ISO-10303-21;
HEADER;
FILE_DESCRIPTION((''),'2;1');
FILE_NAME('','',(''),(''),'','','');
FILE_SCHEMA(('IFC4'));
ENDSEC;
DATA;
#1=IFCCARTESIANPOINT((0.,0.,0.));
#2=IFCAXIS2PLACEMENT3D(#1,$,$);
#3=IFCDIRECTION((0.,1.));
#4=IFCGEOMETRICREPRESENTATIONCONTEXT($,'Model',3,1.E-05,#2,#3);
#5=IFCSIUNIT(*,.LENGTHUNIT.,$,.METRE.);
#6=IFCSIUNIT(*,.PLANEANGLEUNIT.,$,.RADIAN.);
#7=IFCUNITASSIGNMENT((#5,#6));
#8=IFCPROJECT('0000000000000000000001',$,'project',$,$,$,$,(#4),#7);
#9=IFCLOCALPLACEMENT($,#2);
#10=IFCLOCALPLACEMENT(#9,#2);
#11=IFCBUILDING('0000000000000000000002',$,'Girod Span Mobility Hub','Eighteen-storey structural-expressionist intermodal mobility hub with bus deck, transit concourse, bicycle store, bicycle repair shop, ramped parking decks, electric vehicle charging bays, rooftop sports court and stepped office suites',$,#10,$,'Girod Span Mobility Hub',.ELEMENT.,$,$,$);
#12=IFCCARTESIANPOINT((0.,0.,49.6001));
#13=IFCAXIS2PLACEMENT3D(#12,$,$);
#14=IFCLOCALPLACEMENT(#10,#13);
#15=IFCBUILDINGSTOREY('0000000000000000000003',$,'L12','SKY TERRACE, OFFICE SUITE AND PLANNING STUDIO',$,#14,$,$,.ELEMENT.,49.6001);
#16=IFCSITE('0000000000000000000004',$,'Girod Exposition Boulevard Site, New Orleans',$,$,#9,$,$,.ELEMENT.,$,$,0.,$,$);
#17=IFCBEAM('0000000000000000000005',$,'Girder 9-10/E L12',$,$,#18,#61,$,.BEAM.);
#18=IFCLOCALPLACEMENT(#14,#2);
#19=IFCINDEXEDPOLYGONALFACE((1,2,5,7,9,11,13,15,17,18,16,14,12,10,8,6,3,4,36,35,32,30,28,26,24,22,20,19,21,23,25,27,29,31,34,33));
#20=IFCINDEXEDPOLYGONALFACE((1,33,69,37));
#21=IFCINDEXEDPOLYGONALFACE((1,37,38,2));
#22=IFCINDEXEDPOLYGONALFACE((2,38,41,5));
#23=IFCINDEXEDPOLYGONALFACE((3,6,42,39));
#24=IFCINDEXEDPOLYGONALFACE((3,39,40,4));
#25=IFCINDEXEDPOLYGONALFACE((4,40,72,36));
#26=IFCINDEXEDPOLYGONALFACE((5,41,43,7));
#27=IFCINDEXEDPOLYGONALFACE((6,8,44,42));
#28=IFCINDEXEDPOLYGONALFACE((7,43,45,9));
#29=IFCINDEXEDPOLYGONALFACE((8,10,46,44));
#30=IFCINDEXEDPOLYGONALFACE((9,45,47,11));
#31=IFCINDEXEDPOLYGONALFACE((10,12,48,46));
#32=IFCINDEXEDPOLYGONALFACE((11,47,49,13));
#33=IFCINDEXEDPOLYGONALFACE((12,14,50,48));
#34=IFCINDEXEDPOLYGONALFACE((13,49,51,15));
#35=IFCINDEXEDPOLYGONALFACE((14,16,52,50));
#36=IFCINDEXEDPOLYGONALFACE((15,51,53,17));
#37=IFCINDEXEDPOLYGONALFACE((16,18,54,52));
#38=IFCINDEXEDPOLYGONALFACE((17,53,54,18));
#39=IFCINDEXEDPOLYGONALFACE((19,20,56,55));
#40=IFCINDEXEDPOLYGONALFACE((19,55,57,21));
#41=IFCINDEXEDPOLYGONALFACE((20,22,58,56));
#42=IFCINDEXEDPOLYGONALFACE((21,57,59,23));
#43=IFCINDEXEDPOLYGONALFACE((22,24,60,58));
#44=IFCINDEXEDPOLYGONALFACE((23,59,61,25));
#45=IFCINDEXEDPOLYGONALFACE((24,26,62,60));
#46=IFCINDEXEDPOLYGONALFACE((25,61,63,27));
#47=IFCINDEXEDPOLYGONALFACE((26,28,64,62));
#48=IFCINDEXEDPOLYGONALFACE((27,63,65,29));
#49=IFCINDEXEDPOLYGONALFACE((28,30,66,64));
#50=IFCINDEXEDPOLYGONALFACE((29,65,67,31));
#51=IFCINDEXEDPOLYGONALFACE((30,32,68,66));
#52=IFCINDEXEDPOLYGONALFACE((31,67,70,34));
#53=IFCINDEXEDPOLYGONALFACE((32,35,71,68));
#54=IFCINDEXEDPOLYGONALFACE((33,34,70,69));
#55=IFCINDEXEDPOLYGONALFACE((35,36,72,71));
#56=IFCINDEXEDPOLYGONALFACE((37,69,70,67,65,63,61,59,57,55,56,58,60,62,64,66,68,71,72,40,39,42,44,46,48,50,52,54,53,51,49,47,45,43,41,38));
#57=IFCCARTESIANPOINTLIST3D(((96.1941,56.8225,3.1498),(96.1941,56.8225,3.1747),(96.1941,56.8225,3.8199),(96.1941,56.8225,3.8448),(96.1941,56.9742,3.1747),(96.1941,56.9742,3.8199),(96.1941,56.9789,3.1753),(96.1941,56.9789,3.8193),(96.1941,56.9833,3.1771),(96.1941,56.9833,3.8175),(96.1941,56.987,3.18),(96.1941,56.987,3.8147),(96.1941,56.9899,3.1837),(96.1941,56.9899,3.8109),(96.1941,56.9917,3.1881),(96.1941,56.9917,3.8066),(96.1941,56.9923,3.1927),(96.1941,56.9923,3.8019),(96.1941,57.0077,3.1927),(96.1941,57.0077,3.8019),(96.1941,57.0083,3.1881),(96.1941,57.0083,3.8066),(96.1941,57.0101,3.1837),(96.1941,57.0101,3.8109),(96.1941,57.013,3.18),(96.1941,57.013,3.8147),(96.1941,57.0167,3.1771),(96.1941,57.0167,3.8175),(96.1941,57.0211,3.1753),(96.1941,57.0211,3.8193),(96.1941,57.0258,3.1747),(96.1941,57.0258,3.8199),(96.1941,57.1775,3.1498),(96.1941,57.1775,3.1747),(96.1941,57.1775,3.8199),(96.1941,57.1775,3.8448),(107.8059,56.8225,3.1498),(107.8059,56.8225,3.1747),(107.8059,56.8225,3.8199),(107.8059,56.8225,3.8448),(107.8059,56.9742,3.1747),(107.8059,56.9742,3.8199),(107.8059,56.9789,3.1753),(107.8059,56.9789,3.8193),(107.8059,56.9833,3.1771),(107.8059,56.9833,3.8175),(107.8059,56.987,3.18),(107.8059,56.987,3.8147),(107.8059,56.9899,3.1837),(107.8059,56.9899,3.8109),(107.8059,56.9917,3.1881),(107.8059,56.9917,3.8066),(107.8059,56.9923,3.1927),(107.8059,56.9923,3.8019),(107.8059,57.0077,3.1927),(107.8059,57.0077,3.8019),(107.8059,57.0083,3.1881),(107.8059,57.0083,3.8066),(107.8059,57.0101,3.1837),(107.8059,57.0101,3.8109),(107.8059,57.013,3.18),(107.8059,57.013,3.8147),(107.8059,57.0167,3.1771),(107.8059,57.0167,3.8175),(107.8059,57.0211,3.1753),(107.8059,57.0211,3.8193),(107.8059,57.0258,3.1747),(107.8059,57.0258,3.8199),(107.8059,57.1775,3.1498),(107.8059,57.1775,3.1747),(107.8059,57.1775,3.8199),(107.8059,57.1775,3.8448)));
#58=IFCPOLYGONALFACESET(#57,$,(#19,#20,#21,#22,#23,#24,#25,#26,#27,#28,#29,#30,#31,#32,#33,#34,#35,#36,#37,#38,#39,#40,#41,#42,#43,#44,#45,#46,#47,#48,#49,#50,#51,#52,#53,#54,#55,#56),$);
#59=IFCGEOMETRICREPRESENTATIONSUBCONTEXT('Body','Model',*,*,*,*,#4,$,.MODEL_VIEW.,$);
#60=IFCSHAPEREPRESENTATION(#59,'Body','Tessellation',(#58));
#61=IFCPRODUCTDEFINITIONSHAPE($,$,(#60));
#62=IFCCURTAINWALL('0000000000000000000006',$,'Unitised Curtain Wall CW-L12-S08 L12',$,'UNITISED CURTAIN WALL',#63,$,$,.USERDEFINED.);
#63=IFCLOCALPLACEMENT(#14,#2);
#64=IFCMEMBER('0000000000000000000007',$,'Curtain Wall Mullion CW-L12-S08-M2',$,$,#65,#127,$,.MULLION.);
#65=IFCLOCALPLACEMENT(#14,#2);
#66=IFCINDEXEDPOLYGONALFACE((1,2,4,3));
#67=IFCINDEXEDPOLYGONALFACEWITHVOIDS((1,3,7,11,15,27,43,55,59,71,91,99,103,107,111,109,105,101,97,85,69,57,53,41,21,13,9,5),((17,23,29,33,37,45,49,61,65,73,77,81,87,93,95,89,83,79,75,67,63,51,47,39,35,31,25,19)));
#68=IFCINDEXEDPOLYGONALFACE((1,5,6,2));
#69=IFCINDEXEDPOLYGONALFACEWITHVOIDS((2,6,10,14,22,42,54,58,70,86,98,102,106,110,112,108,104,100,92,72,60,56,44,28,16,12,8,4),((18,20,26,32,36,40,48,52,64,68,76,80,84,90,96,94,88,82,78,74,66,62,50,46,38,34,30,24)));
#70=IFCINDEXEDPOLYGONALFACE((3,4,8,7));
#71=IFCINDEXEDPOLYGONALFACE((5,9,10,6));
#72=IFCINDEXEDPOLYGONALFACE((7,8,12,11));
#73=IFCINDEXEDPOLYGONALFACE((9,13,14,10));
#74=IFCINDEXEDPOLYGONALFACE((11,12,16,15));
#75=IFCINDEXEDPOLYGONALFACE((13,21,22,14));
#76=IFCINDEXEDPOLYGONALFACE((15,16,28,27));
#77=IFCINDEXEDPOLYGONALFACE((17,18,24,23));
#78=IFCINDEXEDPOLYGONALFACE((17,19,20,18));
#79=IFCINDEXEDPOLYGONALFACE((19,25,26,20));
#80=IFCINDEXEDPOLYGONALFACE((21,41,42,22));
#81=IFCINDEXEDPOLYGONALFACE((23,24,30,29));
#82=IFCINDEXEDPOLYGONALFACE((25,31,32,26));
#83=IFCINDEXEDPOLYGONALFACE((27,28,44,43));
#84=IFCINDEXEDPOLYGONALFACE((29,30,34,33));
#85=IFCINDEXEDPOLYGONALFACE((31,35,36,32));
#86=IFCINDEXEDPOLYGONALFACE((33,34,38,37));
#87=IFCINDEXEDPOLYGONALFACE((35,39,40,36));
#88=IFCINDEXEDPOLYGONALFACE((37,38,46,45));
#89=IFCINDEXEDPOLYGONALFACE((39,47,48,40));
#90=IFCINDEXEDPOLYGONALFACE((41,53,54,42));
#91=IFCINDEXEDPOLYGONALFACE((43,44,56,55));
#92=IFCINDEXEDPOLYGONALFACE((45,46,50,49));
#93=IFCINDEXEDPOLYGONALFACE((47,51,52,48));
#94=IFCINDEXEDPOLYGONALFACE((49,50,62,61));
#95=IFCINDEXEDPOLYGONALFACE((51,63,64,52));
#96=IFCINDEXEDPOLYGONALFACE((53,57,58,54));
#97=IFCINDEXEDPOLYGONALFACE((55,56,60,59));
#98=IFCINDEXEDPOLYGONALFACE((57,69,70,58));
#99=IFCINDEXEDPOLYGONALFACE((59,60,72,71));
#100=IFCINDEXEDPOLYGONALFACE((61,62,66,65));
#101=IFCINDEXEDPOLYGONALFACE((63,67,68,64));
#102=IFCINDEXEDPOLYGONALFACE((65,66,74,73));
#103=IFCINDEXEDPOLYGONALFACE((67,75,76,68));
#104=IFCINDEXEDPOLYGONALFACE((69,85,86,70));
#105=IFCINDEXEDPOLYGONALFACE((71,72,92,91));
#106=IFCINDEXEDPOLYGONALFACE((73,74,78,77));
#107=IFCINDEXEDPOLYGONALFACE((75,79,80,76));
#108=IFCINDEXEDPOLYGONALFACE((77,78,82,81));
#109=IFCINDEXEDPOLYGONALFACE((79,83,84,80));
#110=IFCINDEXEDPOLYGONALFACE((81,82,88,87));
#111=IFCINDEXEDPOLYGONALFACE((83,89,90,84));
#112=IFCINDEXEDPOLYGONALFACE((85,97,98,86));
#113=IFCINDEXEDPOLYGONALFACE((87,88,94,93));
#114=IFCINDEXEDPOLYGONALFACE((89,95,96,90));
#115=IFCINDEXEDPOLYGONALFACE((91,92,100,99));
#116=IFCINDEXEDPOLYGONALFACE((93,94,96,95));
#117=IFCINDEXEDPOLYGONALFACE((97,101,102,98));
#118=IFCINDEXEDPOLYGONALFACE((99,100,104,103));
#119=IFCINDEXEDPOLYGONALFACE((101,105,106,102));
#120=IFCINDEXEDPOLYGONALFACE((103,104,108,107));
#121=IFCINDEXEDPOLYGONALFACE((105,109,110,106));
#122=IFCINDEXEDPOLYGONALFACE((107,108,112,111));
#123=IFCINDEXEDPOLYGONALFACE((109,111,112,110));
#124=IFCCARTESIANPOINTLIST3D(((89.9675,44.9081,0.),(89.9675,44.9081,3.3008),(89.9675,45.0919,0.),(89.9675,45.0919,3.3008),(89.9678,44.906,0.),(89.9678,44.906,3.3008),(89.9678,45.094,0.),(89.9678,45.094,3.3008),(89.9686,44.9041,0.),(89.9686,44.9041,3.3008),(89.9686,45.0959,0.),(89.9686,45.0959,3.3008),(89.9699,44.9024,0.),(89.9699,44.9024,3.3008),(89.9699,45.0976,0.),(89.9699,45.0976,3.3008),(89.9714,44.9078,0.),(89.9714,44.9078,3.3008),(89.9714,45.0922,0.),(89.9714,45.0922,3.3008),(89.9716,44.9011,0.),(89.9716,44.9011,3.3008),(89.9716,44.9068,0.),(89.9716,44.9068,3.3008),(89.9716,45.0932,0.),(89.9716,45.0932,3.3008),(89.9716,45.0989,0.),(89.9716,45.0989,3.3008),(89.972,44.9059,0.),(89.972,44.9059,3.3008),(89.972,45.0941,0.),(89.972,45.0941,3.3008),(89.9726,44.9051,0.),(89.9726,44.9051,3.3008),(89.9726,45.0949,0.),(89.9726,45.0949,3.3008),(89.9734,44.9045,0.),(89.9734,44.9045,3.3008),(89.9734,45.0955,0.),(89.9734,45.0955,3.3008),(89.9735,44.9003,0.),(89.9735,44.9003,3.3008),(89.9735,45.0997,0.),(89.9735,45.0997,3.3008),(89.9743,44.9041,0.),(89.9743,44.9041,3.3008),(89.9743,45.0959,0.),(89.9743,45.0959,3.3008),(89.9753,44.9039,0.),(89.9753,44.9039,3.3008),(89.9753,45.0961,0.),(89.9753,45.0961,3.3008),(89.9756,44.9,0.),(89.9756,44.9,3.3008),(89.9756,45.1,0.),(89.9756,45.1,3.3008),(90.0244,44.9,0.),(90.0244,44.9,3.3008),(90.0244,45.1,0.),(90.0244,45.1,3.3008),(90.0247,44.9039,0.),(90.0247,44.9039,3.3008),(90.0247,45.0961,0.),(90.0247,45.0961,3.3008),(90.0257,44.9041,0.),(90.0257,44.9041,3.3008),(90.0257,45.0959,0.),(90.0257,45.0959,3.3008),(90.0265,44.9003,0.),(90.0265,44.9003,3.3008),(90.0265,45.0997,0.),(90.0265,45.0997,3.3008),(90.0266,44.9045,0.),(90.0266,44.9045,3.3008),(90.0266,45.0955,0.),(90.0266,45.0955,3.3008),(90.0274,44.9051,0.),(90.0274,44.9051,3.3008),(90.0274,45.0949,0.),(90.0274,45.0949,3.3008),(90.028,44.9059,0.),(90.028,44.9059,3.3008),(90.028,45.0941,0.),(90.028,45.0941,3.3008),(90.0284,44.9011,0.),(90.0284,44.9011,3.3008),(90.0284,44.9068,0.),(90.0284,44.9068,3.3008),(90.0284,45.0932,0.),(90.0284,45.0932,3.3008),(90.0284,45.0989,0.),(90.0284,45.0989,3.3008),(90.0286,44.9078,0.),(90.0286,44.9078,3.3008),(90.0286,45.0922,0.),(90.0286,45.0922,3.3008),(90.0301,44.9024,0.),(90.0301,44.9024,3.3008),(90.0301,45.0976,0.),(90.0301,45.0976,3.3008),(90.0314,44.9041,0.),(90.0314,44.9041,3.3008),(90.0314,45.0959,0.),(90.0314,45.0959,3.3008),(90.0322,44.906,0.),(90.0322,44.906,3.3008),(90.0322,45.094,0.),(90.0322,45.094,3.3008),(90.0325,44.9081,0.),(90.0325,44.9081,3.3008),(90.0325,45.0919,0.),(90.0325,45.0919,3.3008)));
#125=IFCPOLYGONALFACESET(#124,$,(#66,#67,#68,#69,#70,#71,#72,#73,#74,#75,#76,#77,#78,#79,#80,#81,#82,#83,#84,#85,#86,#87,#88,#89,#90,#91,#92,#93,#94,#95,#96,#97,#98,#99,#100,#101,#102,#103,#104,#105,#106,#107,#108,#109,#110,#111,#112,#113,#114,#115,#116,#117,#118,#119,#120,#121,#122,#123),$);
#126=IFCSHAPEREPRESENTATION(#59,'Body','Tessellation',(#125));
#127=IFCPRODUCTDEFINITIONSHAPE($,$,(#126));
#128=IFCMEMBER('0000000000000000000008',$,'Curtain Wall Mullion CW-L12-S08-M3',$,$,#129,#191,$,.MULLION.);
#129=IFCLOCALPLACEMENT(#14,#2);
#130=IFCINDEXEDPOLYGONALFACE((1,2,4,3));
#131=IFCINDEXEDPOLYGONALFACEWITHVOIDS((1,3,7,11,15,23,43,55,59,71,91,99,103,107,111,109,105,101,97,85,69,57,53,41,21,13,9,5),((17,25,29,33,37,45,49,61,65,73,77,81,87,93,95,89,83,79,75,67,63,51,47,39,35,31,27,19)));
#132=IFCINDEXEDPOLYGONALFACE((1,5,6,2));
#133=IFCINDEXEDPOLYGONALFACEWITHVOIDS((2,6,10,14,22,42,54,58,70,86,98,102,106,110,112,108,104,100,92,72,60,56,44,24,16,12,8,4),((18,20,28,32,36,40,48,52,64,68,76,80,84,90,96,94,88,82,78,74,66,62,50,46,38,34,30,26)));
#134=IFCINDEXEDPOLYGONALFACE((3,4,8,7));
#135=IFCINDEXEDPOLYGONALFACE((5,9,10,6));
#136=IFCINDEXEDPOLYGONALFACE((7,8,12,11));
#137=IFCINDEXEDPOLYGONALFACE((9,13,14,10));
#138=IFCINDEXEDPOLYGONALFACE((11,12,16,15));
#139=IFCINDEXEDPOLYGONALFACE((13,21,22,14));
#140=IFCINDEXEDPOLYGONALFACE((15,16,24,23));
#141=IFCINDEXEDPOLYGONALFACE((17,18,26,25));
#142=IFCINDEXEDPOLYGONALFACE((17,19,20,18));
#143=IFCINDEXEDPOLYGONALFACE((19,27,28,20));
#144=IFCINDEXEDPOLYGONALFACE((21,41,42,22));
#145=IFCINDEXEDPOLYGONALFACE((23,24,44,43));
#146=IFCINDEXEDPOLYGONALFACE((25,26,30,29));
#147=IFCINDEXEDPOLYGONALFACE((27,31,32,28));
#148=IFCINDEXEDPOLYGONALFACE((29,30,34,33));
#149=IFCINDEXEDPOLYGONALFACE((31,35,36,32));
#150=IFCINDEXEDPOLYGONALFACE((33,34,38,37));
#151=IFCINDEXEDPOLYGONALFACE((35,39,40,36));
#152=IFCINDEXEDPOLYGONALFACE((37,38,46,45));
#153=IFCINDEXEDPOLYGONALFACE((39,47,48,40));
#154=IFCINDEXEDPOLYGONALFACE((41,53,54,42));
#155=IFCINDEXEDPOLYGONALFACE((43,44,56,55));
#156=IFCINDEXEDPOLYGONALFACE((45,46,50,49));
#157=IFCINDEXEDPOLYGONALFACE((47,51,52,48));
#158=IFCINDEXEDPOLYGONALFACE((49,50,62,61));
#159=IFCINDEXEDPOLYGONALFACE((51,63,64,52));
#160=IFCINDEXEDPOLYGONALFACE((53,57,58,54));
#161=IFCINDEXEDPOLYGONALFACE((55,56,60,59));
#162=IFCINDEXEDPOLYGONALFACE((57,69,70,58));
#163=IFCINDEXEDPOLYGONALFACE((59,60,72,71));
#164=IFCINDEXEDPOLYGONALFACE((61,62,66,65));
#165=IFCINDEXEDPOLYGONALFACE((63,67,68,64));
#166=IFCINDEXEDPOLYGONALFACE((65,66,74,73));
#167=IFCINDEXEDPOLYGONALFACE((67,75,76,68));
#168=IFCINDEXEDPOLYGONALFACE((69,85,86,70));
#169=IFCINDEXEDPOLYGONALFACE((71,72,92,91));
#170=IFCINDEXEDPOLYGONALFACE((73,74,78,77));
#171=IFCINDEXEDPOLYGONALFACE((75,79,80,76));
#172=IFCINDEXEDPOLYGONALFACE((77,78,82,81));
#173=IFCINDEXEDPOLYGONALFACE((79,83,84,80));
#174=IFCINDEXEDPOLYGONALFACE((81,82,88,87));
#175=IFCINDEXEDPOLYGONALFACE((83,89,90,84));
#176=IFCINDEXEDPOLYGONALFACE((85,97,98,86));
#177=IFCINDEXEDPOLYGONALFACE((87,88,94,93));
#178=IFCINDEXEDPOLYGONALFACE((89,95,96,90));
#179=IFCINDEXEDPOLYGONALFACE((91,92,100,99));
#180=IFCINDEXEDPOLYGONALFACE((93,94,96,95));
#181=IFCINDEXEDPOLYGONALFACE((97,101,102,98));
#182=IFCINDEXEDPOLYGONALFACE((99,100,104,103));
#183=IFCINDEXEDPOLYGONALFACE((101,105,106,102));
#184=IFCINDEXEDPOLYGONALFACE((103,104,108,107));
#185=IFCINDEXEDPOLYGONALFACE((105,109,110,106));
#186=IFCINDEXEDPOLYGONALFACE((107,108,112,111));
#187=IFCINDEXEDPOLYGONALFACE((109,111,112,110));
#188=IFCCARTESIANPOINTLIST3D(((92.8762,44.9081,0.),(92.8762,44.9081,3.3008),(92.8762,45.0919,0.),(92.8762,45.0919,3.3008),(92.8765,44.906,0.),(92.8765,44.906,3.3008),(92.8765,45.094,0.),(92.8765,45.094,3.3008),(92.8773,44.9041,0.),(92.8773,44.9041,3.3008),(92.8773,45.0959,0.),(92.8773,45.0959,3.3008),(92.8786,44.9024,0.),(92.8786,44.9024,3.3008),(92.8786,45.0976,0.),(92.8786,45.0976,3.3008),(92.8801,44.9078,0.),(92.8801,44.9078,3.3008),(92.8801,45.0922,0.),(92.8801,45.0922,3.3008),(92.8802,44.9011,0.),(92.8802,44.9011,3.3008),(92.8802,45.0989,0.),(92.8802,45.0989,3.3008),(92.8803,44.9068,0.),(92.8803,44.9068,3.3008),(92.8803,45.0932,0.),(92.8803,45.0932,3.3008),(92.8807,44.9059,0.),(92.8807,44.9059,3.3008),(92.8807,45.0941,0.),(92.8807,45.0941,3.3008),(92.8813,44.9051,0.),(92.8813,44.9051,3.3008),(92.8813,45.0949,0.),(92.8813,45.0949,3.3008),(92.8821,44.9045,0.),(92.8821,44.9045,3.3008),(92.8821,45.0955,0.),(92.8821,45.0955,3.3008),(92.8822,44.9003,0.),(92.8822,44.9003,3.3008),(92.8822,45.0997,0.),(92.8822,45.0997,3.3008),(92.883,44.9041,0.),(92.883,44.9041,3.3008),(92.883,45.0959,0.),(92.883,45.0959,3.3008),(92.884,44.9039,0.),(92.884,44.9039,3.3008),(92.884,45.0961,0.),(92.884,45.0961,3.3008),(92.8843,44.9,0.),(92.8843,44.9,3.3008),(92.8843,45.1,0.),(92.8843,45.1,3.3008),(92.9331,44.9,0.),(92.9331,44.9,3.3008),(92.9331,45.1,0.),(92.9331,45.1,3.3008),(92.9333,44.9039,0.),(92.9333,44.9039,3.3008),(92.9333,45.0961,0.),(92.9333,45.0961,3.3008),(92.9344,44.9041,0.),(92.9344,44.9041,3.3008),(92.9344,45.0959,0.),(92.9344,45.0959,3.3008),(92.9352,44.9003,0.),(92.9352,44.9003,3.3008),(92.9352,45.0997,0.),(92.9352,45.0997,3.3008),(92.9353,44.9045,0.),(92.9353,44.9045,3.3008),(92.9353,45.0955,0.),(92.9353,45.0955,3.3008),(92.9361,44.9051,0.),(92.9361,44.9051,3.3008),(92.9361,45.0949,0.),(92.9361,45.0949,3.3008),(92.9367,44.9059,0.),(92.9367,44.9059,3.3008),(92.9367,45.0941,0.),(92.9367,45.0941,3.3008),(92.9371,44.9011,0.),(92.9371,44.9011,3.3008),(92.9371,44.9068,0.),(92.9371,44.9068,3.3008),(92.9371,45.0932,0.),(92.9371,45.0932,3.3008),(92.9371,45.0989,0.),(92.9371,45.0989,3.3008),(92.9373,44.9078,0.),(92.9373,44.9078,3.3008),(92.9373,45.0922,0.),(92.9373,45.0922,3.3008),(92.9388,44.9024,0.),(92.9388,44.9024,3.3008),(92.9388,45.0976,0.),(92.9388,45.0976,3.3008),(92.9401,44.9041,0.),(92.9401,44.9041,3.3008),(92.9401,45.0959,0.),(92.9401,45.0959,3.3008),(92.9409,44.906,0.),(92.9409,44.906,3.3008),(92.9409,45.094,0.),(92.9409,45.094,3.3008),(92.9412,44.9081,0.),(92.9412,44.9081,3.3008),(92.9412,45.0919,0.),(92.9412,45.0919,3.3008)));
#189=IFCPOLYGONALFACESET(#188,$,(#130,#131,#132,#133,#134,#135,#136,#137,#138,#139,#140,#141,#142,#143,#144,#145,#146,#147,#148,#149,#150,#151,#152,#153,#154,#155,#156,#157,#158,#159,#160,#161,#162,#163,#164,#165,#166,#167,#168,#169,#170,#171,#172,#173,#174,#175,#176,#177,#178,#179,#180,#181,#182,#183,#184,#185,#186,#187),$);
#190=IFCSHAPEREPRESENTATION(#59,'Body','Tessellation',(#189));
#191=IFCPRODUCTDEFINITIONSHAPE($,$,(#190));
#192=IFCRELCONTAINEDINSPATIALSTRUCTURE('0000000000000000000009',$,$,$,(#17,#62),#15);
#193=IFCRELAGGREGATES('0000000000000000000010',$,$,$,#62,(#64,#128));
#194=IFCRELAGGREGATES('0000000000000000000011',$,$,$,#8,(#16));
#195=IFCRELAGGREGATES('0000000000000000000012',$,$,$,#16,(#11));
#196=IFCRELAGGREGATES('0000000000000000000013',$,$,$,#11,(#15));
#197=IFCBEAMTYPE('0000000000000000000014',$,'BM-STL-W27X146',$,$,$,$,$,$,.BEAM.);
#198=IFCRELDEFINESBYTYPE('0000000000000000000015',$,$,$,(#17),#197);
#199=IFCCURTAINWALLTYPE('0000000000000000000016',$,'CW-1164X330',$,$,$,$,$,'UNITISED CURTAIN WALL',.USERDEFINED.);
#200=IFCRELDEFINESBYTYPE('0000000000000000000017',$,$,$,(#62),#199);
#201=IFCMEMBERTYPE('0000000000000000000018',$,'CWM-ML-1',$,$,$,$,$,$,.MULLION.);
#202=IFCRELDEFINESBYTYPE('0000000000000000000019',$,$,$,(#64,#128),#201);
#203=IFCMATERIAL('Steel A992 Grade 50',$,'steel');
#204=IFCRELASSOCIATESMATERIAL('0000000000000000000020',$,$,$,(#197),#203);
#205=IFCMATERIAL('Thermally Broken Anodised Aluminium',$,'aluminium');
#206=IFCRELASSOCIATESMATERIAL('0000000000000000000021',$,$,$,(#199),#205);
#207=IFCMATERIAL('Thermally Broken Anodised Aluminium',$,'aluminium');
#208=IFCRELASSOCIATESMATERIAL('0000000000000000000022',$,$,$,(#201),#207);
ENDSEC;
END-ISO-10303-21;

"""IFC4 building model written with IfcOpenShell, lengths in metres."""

from ifc_helpers import new_model, si_unit, direction, frame, origin, origin_2d, place, context, subcontext, project, spatial, hollow_rectangle, i_section, extrude, material, material_profile, profile_set, type_object, element, aggregate, save


model = new_model("IFC4")

# Units and contexts
model_context = context("Model", 3, precision=1e-05, world=origin(), true_north=direction((0.0, 1.0)))
body_context = subcontext(model_context, "Body", "Model", "MODEL_VIEW")
ifc_project = project(units=[si_unit("LENGTHUNIT", "METRE"), si_unit("PLANEANGLEUNIT", "RADIAN")], contexts=[model_context])

# Site, building, storey
site_placement = place(None, origin())
site = spatial("IfcSite", under=ifc_project, at=site_placement, Name="Girod Exposition Boulevard Site, New Orleans", CompositionType="ELEMENT", RefElevation=0.0)
building_placement = place(site_placement, origin())
building = spatial("IfcBuilding", under=site, at=building_placement, Name="Girod Span Mobility Hub", Description="Eighteen-storey structural-expressionist intermodal mobility hub with bus deck, transit concourse, bicycle store, bicycle repair shop, ramped parking decks, electric vehicle charging bays, rooftop sports court and stepped office suites", LongName="Girod Span Mobility Hub", CompositionType="ELEMENT")
storey_placement = place(building_placement, frame((0.0, 0.0, 49.6001)))
storey = spatial("IfcBuildingStorey", under=building, at=storey_placement, Name="L12", Description="SKY TERRACE, OFFICE SUITE AND PLANNING STUDIO", CompositionType="ELEMENT", Elevation=49.6001)

# Beam
ifc_material_1 = material(Name="Steel A992 Grade 50", Category="steel")
ifc_material_profile_1 = material_profile(ifc_material_1, i_section(OverallWidth=0.355, OverallDepth=0.6951, WebThickness=0.0154, FlangeThickness=0.0249, FilletRadius=0.0181, at=origin_2d()), Name="W27X146")
ifc_profile_set_1 = profile_set([ifc_material_profile_1], Name="Steel A992 Grade 50")
beam_type_1 = type_object("IfcBeamType", Name="BM-STL-W27X146", PredefinedType="BEAM", material=ifc_profile_set_1)
beam_1_placement = place(storey_placement, frame((96.1941, 57.0, 3.4973), z_axis=(1.0, 0.0, 0.0), x_axis=(0.0, 1.0, 0.0)))
element("IfcBeam", 1, at=beam_1_placement, inside=storey, type_object=beam_type_1, Name="Girder 9-10/E L12", PredefinedType="BEAM", context=body_context, shape_type="SweptSolid", body=[
    extrude(i_section(OverallWidth=0.355, OverallDepth=0.6951, WebThickness=0.0154, FlangeThickness=0.0249, FilletRadius=0.0181, at=origin_2d()), origin(), (0.0, 0.0, 1.0), 11.6118),
])

# Curtain wall, members
ifc_material_2 = material(Name="Thermally Broken Anodised Aluminium", Category="aluminium")
curtain_wall_type = type_object("IfcCurtainWallType", Name="CW-1164X330", ElementType="UNITISED CURTAIN WALL", PredefinedType="USERDEFINED", material=ifc_material_2)
curtain_wall_placement = place(storey_placement, origin())
curtain_wall = element("IfcCurtainWall", 2, at=curtain_wall_placement, inside=storey, type_object=curtain_wall_type, Name="Unitised Curtain Wall CW-L12-S08 L12", ObjectType="UNITISED CURTAIN WALL", PredefinedType="USERDEFINED")
ifc_material_3 = material(Name="Thermally Broken Anodised Aluminium", Category="aluminium")
ifc_material_profile_2 = material_profile(ifc_material_3, hollow_rectangle(XDim=0.2, YDim=0.0649, WallThickness=0.0039, InnerFilletRadius=0.0039, OuterFilletRadius=0.0081, at=origin_2d()), Name="CW-ML-65X200")
ifc_profile_set_2 = profile_set([ifc_material_profile_2], Name="Thermally Broken Anodised Aluminium")
member_type_1 = type_object("IfcMemberType", Name="CWM-ML-1", PredefinedType="MULLION", material=ifc_profile_set_2)
member_1_placement = place(storey_placement, frame((90.0, 45.0, 0.0), z_axis=(0.0, 0.0, 1.0), x_axis=(0.0, 1.0, 0.0)))
member_1 = element("IfcMember", 3, at=member_1_placement, type_object=member_type_1, Name="Curtain Wall Mullion CW-L12-S08-M2", PredefinedType="MULLION", context=body_context, shape_type="SweptSolid", body=[
    extrude(hollow_rectangle(XDim=0.2, YDim=0.0649, WallThickness=0.0039, InnerFilletRadius=0.0039, OuterFilletRadius=0.0081, at=origin_2d()), origin(), (0.0, 0.0, 1.0), 3.3008),
])
member_2_placement = place(storey_placement, frame((92.9087, 45.0, 0.0), z_axis=(0.0, 0.0, 1.0), x_axis=(0.0, 1.0, 0.0)))
member_2 = element("IfcMember", 4, at=member_2_placement, type_object=member_type_1, Name="Curtain Wall Mullion CW-L12-S08-M3", PredefinedType="MULLION", context=body_context, shape_type="SweptSolid", body=[
    extrude(hollow_rectangle(XDim=0.2, YDim=0.0649, WallThickness=0.0039, InnerFilletRadius=0.0039, OuterFilletRadius=0.0081, at=origin_2d()), origin(), (0.0, 0.0, 1.0), 3.3008),
])

aggregate(curtain_wall, [member_1, member_2])

save(model, "model.ifc")
